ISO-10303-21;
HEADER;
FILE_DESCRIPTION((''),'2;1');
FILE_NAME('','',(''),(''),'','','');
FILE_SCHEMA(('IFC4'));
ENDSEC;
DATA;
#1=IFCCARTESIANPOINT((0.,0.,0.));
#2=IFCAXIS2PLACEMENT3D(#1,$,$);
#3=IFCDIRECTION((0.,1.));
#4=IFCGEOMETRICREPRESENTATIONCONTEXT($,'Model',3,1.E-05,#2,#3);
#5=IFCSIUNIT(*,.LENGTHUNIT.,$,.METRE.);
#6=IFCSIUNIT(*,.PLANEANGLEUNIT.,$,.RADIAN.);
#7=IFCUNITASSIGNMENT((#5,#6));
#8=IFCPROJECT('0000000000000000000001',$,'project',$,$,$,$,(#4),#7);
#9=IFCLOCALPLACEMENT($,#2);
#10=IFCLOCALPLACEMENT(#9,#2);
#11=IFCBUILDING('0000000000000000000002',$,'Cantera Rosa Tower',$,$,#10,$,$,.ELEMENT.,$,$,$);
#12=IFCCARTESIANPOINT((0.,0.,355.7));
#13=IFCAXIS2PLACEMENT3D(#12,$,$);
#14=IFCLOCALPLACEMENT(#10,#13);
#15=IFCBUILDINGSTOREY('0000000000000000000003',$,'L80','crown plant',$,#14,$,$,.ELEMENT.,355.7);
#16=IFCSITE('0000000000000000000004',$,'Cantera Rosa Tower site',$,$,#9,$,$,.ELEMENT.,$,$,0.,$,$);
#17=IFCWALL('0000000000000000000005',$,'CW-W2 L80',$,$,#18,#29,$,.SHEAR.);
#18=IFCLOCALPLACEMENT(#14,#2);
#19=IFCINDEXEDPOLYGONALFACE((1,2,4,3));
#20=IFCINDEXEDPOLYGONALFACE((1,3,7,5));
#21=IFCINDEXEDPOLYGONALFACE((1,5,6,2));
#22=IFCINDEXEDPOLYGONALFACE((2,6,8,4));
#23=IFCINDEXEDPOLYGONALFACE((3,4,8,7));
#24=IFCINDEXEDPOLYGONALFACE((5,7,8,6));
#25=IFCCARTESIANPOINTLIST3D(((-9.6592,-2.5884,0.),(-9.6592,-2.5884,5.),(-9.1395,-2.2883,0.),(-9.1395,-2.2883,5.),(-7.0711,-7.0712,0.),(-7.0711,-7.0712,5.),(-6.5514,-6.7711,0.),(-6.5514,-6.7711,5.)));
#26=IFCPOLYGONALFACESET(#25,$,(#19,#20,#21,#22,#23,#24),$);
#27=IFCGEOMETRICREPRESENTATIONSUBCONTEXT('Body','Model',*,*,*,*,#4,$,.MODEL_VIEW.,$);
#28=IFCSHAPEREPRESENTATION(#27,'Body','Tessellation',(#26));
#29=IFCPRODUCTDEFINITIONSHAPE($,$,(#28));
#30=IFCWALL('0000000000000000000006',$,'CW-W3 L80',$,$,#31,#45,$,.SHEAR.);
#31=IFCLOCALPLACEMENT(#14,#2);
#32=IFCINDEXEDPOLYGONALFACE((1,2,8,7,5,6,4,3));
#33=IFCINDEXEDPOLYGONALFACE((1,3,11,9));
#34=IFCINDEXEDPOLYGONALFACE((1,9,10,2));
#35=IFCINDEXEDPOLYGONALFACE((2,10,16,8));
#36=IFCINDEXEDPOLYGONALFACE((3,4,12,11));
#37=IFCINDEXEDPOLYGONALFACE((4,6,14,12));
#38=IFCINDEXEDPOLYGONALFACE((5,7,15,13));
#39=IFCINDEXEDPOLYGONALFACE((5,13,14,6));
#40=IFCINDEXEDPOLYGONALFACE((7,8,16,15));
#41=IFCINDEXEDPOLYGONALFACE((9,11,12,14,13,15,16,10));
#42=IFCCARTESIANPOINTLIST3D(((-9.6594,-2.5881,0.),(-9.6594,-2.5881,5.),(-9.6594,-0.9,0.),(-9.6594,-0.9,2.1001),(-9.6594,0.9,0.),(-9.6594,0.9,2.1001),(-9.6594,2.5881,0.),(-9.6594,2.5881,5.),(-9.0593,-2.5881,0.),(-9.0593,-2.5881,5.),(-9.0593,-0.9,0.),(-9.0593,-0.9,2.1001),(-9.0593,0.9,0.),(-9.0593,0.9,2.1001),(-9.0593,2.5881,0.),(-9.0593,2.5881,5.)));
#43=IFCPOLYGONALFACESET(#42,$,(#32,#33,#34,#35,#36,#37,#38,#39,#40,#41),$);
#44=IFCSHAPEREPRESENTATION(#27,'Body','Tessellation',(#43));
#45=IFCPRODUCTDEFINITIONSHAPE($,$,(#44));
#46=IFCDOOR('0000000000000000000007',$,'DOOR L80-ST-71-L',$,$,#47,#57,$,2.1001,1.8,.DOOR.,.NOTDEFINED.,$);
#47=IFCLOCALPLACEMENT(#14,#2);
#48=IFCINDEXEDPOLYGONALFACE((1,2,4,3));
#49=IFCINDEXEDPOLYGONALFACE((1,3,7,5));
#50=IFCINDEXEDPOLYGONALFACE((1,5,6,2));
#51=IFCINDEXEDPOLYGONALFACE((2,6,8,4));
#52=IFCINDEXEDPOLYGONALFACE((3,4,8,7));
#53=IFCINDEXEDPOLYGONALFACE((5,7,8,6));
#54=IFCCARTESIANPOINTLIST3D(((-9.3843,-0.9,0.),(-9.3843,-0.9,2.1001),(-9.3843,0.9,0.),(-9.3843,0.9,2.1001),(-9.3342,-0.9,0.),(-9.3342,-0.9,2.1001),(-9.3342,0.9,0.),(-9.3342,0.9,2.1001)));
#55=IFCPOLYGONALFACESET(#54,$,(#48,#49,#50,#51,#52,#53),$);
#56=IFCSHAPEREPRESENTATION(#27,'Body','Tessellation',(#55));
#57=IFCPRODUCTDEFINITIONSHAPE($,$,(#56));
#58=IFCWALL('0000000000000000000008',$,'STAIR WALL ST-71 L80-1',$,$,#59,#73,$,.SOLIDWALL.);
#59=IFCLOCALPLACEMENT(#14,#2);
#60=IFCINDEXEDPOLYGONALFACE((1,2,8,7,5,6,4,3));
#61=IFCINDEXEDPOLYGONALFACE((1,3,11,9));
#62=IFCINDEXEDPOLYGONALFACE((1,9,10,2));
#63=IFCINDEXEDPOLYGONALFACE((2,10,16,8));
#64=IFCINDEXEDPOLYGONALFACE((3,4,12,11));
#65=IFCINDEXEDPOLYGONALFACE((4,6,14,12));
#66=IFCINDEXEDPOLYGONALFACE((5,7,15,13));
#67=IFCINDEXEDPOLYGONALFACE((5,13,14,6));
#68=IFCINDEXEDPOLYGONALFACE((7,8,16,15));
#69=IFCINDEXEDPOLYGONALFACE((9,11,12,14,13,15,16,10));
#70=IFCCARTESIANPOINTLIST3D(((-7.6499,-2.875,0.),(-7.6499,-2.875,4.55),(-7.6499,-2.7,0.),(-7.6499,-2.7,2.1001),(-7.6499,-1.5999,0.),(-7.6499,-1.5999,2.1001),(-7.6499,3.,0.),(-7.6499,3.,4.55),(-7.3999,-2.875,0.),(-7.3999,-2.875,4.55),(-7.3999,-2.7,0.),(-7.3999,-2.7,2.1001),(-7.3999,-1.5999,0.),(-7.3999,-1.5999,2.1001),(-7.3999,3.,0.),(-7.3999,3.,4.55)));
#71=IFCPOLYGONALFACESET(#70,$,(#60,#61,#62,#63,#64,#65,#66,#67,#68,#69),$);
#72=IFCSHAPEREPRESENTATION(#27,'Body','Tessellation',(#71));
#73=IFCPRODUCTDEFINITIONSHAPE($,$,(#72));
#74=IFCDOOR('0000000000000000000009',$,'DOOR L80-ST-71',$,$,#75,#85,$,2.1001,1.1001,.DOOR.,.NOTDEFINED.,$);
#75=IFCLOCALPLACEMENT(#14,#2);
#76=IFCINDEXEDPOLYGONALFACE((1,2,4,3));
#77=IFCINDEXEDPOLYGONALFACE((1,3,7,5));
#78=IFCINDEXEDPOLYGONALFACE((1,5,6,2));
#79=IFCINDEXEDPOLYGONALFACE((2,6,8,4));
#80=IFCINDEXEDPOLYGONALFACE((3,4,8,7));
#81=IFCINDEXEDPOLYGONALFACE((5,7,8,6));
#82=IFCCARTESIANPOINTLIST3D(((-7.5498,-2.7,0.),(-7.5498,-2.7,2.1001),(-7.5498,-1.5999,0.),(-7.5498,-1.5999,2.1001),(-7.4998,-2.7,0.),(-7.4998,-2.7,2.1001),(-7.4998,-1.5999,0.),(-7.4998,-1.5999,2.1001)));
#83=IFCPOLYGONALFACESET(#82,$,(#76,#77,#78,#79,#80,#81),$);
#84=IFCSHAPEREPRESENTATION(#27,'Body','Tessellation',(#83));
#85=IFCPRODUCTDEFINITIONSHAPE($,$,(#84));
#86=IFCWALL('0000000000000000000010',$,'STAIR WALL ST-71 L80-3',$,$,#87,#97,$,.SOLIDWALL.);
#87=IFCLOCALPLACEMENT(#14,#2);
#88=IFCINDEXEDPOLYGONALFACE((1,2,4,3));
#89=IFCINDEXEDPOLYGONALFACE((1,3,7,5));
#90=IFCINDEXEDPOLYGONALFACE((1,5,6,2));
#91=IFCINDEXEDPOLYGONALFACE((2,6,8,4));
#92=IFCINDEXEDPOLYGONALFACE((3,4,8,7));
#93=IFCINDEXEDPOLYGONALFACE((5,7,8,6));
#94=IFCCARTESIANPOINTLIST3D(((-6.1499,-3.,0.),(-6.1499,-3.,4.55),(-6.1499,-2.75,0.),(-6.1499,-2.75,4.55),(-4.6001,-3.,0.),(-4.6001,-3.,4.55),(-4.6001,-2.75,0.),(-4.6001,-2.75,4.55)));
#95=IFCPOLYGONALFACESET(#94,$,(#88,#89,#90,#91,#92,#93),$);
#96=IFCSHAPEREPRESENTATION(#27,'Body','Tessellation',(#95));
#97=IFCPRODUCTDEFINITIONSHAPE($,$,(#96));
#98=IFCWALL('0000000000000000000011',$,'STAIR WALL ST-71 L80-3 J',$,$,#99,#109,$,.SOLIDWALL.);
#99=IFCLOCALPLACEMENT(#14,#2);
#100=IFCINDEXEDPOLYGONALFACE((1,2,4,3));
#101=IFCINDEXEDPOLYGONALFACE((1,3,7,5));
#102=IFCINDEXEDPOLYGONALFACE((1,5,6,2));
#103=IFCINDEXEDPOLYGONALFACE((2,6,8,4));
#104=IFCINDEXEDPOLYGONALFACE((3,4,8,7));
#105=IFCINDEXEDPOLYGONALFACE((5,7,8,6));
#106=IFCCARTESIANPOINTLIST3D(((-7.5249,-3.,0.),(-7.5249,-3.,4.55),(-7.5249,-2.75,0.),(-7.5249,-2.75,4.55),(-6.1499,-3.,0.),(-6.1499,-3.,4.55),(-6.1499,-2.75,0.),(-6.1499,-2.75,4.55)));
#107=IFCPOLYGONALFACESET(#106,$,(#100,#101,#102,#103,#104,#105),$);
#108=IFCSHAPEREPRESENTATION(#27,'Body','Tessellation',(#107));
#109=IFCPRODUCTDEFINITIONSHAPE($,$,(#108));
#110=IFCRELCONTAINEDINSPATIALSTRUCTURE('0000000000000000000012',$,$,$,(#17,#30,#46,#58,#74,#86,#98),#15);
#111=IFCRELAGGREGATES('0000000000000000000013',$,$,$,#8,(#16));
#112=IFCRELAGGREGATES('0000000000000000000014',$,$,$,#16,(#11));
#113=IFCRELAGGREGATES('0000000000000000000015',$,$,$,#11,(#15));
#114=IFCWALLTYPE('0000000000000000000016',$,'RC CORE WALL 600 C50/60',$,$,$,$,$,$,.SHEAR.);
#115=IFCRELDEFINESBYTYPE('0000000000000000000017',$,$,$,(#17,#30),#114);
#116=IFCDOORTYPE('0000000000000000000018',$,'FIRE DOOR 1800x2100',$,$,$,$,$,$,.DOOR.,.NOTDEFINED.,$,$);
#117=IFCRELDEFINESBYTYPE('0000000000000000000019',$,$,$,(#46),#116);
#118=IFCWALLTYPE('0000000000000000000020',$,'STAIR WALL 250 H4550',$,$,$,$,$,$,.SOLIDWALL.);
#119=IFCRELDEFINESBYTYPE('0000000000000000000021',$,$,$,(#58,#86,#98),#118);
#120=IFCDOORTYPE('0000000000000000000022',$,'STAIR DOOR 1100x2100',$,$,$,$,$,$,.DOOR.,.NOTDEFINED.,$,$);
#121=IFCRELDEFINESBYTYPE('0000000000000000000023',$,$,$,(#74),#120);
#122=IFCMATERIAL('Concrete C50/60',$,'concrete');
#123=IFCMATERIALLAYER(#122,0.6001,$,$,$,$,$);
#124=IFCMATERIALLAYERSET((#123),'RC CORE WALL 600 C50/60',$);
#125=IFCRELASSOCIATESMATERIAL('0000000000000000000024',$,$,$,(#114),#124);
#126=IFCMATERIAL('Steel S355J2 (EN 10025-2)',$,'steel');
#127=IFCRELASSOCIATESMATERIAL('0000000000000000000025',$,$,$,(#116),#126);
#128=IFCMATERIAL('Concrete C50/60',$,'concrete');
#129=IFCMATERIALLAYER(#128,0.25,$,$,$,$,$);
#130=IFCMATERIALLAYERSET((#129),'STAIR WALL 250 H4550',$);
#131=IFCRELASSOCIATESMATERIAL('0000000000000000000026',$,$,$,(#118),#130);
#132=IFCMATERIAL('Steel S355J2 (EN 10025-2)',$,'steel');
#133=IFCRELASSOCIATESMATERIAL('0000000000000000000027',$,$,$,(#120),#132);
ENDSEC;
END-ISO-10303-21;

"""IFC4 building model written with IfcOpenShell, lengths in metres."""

from ifc_helpers import new_model, si_unit, direction, frame, frame_2d, origin, place, context, subcontext, project, spatial, rectangle, extrude, material, layer, layer_set, type_object, element, fill, save


model = new_model("IFC4")

# Units and contexts
model_context = context("Model", 3, precision=1e-05, world=origin(), true_north=direction((0.0, 1.0)))
body_context = subcontext(model_context, "Body", "Model", "MODEL_VIEW")
ifc_project = project(units=[si_unit("LENGTHUNIT", "METRE"), si_unit("PLANEANGLEUNIT", "RADIAN")], contexts=[model_context])

# Site, building, storey
site_placement = place(None, origin())
site = spatial("IfcSite", under=ifc_project, at=site_placement, Name="Cantera Rosa Tower site", CompositionType="ELEMENT", RefElevation=0.0)
building_placement = place(site_placement, origin())
building = spatial("IfcBuilding", under=site, at=building_placement, Name="Cantera Rosa Tower", CompositionType="ELEMENT")
storey_placement = place(building_placement, frame((0.0, 0.0, 355.7)))
storey = spatial("IfcBuildingStorey", under=building, at=storey_placement, Name="L80", Description="crown plant", CompositionType="ELEMENT", Elevation=355.7)

# Wall
ifc_material_1 = material(Name="Concrete C50/60", Category="concrete")
ifc_layer_1 = layer(ifc_material_1, 0.6001)
ifc_layer_set_1 = layer_set([ifc_layer_1], Name="RC CORE WALL 600 C50/60")
wall_type_1 = type_object("IfcWallType", Name="RC CORE WALL 600 C50/60", PredefinedType="SHEAR", material=ifc_layer_set_1)
wall_1_placement = place(storey_placement, frame((-6.8113, -6.9211, 0.0), z_axis=(0.0, 0.0, 1.0), x_axis=(-0.499989, 0.866032, 0.0)))
element("IfcWall", 1, at=wall_1_placement, inside=storey, type_object=wall_type_1, Name="CW-W2 L80", PredefinedType="SHEAR", context=body_context, shape_type="SweptSolid", body=[
    extrude(rectangle(XDim=5.1763, YDim=0.6001, at=frame_2d((2.5881, 0.0))), origin(), (0.0, 0.0, 1.0), 5.0),
])

# Walls, openings, doors
wall_2_placement = place(storey_placement, frame((-9.3594, -2.5881, 0.0), z_axis=(0.0, 0.0, 1.0), x_axis=(0.0, 1.0, 0.0)))
wall_2 = element("IfcWall", 2, at=wall_2_placement, inside=storey, type_object=wall_type_1, Name="CW-W3 L80", PredefinedType="SHEAR", context=body_context, shape_type="SweptSolid", body=[
    extrude(rectangle(XDim=5.1763, YDim=0.6001, at=frame_2d((2.5881, 0.0))), origin(), (0.0, 0.0, 1.0), 5.0),
])
opening_1_placement = place(wall_2_placement, frame((1.6882, 0.0, 0.0)))
opening_1 = element("IfcOpeningElement", 3, at=opening_1_placement, cuts=wall_2, PredefinedType="OPENING", context=body_context, shape_type="SweptSolid", body=[
    extrude(rectangle(XDim=1.8, YDim=2.1001, at=frame_2d((0.8999, 1.05))), frame((0.0, 0.3101, 0.0), z_axis=(0.0, -1.0, 0.0), x_axis=(1.0, 0.0, 0.0)), (0.0, 0.0, 1.0), 0.6201),
])
ifc_material_2 = material(Name="Steel S355J2 (EN 10025-2)", Category="steel")
door_type_1 = type_object("IfcDoorType", Name="FIRE DOOR 1800x2100", OperationType="NOTDEFINED", PredefinedType="DOOR", material=ifc_material_2)
door_1_placement = place(opening_1_placement, origin())
door_1 = element("IfcDoor", 4, at=door_1_placement, inside=storey, type_object=door_type_1, Name="DOOR L80-ST-71-L", OperationType="NOTDEFINED", OverallHeight=2.1001, OverallWidth=1.8, PredefinedType="DOOR", context=body_context, shape_type="SweptSolid", body=[
    extrude(rectangle(XDim=1.8, YDim=2.1001, at=frame_2d((0.8999, 1.05))), frame((0.0, 0.0249, 0.0), z_axis=(0.0, -1.0, 0.0), x_axis=(1.0, 0.0, 0.0)), (0.0, 0.0, 1.0), 0.05),
])
fill(opening_1, door_1)
ifc_material_3 = material(Name="Concrete C50/60", Category="concrete")
ifc_layer_2 = layer(ifc_material_3, 0.25)
ifc_layer_set_2 = layer_set([ifc_layer_2], Name="STAIR WALL 250 H4550")
wall_type_2 = type_object("IfcWallType", Name="STAIR WALL 250 H4550", PredefinedType="SOLIDWALL", material=ifc_layer_set_2)
wall_3_placement = place(storey_placement, frame((-7.5249, -2.875, 0.0), z_axis=(0.0, 0.0, 1.0), x_axis=(0.0, 1.0, 0.0)))
wall_3 = element("IfcWall", 5, at=wall_3_placement, inside=storey, type_object=wall_type_2, Name="STAIR WALL ST-71 L80-1", PredefinedType="SOLIDWALL", context=body_context, shape_type="SweptSolid", body=[
    extrude(rectangle(XDim=5.875, YDim=0.25, at=frame_2d((2.9375, 0.0))), origin(), (0.0, 0.0, 1.0), 4.55),
])
opening_2_placement = place(wall_3_placement, frame((0.175, 0.0, 0.0)))
opening_2 = element("IfcOpeningElement", 6, at=opening_2_placement, cuts=wall_3, PredefinedType="OPENING", context=body_context, shape_type="SweptSolid", body=[
    extrude(rectangle(XDim=1.1001, YDim=2.1001, at=frame_2d((0.55, 1.05))), frame((0.0, 0.135, 0.0), z_axis=(0.0, -1.0, 0.0), x_axis=(1.0, 0.0, 0.0)), (0.0, 0.0, 1.0), 0.27),
])
ifc_material_4 = material(Name="Steel S355J2 (EN 10025-2)", Category="steel")
door_type_2 = type_object("IfcDoorType", Name="STAIR DOOR 1100x2100", OperationType="NOTDEFINED", PredefinedType="DOOR", material=ifc_material_4)
door_2_placement = place(opening_2_placement, origin())
door_2 = element("IfcDoor", 7, at=door_2_placement, inside=storey, type_object=door_type_2, Name="DOOR L80-ST-71", OperationType="NOTDEFINED", OverallHeight=2.1001, OverallWidth=1.1001, PredefinedType="DOOR", context=body_context, shape_type="SweptSolid", body=[
    extrude(rectangle(XDim=1.1001, YDim=2.1001, at=frame_2d((0.55, 1.05))), frame((0.0, 0.0249, 0.0), z_axis=(0.0, -1.0, 0.0), x_axis=(1.0, 0.0, 0.0)), (0.0, 0.0, 1.0), 0.05),
])
fill(opening_2, door_2)

# Walls
wall_4_placement = place(storey_placement, frame((-4.6001, -2.875, 0.0), z_axis=(0.0, 0.0, 1.0), x_axis=(-1.0, 0.0, 0.0)))
element("IfcWall", 8, at=wall_4_placement, inside=storey, type_object=wall_type_2, Name="STAIR WALL ST-71 L80-3", PredefinedType="SOLIDWALL", context=body_context, shape_type="SweptSolid", body=[
    extrude(rectangle(XDim=1.5498, YDim=0.25, at=frame_2d((0.7749, 0.0))), origin(), (0.0, 0.0, 1.0), 4.55),
])
wall_5_placement = place(storey_placement, frame((-6.1499, -2.875, 0.0), z_axis=(0.0, 0.0, 1.0), x_axis=(-1.0, 0.0, 0.0)))
element("IfcWall", 9, at=wall_5_placement, inside=storey, type_object=wall_type_2, Name="STAIR WALL ST-71 L80-3 J", PredefinedType="SOLIDWALL", context=body_context, shape_type="SweptSolid", body=[
    extrude(rectangle(XDim=1.375, YDim=0.25, at=frame_2d((0.6875, 0.0))), origin(), (0.0, 0.0, 1.0), 4.55),
])

save(model, "model.ifc")
